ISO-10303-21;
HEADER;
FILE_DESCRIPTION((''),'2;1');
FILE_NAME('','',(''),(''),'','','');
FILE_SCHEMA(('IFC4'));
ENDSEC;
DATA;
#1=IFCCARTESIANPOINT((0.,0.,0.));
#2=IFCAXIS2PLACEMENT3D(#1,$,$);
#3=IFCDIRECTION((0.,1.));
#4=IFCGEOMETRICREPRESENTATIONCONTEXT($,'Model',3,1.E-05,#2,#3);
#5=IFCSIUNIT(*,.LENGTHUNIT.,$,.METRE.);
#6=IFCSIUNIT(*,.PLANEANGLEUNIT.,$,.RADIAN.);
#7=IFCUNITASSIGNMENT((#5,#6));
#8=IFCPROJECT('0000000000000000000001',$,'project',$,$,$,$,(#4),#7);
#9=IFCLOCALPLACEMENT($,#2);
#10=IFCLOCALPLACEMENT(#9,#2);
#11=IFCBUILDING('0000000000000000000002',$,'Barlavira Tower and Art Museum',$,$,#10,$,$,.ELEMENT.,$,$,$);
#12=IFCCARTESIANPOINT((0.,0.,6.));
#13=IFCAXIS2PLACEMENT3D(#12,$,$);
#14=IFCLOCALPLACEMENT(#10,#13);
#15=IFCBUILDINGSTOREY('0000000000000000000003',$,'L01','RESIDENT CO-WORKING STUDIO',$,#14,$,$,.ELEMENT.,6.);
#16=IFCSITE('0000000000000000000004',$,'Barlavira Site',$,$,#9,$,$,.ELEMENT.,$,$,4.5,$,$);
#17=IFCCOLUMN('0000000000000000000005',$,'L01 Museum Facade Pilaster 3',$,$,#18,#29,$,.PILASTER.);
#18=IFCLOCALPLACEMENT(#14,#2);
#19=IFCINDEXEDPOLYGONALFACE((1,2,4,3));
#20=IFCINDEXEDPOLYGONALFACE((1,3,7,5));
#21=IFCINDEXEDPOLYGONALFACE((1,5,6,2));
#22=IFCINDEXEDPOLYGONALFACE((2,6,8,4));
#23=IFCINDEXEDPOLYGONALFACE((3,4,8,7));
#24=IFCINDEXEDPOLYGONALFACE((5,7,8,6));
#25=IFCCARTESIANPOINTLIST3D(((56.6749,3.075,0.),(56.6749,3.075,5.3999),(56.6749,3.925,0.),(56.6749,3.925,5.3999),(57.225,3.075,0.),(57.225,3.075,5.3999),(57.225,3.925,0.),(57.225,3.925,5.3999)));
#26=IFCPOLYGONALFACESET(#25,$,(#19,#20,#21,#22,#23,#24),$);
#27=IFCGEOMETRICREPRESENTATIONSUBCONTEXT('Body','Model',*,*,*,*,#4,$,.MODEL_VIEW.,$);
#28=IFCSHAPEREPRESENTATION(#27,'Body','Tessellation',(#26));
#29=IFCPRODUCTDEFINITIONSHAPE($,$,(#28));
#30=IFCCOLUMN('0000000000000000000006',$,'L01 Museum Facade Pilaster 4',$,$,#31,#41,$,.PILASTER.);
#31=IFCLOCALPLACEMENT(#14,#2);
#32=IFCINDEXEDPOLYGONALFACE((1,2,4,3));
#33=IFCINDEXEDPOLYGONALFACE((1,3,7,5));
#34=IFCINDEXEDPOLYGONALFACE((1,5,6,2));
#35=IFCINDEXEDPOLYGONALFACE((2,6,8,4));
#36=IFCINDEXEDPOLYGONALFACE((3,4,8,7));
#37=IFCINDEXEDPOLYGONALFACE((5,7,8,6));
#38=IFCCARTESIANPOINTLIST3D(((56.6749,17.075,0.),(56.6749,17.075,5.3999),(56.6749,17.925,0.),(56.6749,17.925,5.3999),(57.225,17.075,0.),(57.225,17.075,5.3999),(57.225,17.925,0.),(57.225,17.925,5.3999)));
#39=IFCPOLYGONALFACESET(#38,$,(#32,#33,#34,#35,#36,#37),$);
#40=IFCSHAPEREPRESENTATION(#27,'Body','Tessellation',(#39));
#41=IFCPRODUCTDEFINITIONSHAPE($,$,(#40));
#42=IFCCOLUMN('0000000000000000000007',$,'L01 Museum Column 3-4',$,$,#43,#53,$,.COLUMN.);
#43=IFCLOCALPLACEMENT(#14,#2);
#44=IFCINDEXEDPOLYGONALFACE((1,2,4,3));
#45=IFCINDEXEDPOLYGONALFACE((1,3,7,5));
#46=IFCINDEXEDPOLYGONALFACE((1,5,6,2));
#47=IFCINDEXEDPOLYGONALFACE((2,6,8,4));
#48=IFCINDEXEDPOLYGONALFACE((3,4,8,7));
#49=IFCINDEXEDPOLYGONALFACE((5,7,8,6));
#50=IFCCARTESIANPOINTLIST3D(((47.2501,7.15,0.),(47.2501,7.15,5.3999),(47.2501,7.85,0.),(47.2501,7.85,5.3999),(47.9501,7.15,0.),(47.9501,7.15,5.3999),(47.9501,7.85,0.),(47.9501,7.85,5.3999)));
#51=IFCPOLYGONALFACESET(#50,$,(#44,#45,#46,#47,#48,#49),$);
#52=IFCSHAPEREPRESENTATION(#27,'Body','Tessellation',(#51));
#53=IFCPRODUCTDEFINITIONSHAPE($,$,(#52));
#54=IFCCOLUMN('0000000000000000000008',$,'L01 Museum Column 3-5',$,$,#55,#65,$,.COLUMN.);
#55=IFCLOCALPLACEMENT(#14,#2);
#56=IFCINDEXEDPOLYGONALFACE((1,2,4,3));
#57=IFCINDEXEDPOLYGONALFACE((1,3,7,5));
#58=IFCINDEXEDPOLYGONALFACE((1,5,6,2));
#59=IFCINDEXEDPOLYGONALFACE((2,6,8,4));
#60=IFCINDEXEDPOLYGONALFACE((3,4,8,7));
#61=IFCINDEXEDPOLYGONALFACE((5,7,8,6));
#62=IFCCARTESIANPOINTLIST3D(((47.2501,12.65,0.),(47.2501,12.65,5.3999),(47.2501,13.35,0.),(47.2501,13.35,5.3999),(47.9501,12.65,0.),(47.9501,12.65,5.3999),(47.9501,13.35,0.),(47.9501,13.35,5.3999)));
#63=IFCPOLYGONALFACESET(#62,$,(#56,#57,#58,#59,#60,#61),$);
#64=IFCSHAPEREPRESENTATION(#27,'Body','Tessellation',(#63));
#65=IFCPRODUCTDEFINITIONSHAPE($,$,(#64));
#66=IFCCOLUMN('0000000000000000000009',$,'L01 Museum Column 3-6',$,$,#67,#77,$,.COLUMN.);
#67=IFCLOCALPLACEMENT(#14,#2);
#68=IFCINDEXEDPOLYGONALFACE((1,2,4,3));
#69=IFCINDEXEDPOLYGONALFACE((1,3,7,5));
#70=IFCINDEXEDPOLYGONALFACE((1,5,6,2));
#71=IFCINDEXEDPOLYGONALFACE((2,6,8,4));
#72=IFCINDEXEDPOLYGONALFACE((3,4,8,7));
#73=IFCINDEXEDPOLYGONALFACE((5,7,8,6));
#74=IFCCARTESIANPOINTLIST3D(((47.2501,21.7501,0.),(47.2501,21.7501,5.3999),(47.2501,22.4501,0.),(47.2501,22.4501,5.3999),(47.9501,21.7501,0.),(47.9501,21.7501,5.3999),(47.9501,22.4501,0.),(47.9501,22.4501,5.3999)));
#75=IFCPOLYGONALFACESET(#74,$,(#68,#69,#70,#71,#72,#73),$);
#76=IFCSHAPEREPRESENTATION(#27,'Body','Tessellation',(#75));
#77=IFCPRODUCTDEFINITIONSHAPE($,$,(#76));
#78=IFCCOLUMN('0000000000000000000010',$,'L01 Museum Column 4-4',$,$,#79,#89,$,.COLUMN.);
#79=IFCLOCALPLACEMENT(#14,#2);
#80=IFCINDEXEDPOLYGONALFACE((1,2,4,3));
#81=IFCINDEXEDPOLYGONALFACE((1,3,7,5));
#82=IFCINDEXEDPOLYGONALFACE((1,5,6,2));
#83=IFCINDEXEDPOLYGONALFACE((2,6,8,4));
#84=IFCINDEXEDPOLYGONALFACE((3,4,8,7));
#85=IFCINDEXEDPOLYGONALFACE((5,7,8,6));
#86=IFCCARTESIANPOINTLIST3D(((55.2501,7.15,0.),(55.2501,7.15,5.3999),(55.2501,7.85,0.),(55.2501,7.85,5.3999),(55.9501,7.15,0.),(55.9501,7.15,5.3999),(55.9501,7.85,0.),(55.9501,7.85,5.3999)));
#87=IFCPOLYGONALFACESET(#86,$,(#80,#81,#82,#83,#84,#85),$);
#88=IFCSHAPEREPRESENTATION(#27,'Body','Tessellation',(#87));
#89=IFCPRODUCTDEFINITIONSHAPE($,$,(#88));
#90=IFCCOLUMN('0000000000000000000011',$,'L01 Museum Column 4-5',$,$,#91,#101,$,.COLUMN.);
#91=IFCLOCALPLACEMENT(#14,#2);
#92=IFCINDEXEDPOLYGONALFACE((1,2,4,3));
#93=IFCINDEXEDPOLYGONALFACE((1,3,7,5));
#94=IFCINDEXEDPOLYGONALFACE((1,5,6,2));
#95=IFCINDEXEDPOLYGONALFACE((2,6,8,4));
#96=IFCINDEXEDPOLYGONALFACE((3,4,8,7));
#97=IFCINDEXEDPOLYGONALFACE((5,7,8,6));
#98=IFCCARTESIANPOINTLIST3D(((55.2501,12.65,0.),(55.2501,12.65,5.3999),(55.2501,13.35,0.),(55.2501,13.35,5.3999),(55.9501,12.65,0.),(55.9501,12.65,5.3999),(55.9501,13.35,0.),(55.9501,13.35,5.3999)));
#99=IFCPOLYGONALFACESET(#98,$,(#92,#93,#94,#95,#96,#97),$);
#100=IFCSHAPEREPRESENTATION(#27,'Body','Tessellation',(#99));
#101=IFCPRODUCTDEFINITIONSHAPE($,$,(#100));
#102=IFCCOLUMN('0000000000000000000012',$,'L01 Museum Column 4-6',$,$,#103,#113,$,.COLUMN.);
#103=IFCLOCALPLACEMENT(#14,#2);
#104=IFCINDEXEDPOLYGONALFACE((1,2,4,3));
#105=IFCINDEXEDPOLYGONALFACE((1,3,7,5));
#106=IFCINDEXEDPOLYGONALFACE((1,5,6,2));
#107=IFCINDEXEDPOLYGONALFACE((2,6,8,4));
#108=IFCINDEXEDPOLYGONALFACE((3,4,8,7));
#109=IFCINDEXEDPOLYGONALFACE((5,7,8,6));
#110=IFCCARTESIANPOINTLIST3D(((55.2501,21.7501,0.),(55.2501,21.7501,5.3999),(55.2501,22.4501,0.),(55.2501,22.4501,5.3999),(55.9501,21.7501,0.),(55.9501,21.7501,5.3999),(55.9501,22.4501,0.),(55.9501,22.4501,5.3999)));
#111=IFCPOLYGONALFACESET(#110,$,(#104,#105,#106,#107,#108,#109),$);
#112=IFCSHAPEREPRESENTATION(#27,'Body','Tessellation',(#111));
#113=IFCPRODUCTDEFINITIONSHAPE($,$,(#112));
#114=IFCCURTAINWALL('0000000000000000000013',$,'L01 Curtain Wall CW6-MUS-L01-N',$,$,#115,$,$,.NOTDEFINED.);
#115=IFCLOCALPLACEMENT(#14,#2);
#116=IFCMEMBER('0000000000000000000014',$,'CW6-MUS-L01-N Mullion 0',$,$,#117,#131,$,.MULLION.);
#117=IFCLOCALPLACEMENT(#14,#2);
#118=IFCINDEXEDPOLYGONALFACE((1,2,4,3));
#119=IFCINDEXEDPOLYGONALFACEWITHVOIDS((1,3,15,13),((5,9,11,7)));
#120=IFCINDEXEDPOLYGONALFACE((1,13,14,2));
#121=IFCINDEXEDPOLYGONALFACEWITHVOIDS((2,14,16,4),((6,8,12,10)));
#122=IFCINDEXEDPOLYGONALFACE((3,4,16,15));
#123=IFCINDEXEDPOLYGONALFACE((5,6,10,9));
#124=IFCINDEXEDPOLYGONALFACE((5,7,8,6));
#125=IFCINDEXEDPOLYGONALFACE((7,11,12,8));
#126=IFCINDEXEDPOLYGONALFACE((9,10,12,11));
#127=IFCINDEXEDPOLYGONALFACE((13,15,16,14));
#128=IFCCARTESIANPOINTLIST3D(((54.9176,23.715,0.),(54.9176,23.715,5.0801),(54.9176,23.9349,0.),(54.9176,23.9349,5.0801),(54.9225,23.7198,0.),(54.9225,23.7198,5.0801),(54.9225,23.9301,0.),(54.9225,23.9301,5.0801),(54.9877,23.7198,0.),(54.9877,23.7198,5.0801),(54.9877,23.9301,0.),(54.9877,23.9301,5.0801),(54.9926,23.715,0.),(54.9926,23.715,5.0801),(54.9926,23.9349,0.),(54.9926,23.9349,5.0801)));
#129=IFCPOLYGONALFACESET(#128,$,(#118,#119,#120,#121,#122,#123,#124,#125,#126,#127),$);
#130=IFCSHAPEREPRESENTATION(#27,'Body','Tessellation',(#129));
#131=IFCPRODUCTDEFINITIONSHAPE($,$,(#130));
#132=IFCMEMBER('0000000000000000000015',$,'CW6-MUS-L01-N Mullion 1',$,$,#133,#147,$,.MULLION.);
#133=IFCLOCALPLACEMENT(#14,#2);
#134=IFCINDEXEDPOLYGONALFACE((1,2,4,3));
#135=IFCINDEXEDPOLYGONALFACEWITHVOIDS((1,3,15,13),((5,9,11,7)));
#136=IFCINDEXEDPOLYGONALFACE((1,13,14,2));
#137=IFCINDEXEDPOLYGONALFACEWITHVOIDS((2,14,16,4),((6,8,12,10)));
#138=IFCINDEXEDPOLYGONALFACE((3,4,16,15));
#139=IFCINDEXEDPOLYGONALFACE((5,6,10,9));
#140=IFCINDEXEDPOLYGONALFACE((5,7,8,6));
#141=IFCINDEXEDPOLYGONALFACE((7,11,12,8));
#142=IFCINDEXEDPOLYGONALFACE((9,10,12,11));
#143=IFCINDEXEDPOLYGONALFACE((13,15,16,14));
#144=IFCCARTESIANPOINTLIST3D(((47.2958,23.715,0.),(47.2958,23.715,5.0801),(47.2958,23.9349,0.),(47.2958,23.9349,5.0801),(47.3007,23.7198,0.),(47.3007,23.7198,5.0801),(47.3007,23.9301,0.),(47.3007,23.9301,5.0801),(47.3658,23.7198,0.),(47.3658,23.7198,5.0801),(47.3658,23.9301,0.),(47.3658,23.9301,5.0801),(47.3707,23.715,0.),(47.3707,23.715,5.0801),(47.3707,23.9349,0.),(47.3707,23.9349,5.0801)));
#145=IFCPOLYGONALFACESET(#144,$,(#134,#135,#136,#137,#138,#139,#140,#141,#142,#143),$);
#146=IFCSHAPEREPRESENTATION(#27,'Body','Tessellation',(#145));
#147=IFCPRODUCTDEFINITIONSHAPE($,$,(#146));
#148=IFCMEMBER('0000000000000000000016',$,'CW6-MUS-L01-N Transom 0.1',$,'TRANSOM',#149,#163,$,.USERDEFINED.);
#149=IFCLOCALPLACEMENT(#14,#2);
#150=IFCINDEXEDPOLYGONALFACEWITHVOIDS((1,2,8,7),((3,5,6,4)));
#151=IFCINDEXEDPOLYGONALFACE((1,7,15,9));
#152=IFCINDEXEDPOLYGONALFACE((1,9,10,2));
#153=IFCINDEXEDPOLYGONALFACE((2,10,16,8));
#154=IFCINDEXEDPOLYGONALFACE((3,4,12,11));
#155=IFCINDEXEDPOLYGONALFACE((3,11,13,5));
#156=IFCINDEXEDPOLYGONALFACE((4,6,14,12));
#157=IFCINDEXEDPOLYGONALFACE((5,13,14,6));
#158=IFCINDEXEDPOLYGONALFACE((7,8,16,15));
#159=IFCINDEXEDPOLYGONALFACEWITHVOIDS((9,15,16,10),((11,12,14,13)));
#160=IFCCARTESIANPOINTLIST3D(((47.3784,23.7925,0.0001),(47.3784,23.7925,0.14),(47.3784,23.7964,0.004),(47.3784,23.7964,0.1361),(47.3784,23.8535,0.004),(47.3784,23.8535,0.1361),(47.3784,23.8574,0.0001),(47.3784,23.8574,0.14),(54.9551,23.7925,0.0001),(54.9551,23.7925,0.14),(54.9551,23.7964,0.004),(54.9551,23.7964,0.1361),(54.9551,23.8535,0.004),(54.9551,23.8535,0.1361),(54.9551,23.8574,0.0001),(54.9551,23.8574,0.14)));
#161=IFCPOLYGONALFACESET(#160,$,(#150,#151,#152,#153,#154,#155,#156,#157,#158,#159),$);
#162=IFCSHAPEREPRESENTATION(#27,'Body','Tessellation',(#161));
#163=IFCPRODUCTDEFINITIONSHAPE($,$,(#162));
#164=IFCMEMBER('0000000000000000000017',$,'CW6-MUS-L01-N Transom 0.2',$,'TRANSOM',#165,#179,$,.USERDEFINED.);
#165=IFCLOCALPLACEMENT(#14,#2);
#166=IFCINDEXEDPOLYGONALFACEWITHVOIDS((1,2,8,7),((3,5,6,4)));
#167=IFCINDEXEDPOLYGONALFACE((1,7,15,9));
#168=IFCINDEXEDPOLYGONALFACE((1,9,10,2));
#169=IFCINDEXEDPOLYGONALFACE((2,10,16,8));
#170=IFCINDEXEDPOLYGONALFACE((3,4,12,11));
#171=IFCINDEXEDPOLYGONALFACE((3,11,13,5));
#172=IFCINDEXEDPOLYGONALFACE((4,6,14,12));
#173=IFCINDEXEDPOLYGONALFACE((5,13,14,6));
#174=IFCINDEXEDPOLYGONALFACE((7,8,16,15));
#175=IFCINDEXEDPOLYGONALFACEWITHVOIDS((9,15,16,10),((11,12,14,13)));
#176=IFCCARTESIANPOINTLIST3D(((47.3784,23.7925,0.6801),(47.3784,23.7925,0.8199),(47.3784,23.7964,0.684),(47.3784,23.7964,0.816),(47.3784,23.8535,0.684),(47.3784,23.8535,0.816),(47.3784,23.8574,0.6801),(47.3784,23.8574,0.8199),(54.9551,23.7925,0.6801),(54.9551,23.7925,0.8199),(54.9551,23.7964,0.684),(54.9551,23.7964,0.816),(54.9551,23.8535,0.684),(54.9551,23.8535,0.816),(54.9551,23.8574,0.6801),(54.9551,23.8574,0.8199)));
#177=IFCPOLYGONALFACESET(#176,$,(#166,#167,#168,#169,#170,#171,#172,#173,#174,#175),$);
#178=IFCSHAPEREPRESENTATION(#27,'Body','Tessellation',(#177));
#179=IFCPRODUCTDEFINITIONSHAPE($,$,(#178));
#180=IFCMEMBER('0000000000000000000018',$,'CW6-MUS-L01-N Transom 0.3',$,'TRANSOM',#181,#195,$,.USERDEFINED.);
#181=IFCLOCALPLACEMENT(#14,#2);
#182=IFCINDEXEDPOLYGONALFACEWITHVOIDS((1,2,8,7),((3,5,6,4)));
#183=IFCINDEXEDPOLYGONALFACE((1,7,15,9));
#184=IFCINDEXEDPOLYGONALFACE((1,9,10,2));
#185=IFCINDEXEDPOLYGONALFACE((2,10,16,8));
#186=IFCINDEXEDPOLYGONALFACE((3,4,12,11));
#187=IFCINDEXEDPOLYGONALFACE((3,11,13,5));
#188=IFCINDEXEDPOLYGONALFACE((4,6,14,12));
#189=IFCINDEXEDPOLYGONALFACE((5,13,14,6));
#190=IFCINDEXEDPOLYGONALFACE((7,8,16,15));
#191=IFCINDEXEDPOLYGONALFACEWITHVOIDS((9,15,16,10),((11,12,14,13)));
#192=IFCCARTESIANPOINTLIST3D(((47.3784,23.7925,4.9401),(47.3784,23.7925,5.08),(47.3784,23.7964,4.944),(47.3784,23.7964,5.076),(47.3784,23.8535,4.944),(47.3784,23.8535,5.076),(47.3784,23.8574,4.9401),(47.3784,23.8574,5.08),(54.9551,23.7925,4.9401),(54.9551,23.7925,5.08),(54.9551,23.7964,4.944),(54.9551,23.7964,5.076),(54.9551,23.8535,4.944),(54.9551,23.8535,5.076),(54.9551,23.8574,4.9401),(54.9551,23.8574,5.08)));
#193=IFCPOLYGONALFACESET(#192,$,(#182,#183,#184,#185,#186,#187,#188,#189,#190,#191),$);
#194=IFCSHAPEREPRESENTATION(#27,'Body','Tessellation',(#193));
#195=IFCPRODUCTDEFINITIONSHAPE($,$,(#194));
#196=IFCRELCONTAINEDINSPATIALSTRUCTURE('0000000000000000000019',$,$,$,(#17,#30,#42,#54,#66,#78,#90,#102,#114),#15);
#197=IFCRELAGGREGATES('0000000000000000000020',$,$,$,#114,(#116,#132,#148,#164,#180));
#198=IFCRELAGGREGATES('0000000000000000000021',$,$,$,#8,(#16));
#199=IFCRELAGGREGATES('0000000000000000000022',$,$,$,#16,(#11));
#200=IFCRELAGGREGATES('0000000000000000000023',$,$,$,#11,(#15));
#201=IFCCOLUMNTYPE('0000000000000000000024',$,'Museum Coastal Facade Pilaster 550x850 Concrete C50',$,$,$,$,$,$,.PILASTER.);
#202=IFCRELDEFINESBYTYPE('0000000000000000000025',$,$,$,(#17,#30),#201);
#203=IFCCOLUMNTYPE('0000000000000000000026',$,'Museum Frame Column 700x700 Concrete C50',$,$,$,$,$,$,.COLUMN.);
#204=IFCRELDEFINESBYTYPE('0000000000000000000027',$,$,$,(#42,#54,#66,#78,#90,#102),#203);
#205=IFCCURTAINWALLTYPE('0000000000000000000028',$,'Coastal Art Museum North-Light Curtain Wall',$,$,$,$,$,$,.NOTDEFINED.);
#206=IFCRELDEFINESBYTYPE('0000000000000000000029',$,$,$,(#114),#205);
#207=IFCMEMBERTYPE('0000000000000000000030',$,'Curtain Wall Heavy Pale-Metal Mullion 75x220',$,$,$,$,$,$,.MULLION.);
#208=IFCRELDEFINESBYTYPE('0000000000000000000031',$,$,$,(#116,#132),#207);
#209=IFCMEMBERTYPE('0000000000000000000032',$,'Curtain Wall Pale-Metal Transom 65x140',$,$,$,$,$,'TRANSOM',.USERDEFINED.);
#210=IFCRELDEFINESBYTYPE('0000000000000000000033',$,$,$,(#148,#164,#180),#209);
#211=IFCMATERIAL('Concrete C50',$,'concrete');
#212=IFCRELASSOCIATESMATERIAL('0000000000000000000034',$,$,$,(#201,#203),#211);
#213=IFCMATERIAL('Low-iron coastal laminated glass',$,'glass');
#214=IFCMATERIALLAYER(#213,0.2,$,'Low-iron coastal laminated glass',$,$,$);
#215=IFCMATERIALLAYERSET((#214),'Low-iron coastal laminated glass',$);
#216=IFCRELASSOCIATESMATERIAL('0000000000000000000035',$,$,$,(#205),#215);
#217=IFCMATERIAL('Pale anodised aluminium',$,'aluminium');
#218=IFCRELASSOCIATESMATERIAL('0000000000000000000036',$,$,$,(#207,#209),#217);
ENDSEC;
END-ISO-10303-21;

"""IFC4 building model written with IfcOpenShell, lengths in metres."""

from ifc_helpers import new_model, si_unit, direction, frame, origin, origin_2d, place, context, subcontext, project, spatial, rectangle, hollow_rectangle, extrude, material, layer, layer_set, material_profile, profile_set, type_object, element, aggregate, save


model = new_model("IFC4")

# Units and contexts
model_context = context("Model", 3, precision=1e-05, world=origin(), true_north=direction((0.0, 1.0)))
body_context = subcontext(model_context, "Body", "Model", "MODEL_VIEW")
ifc_project = project(units=[si_unit("LENGTHUNIT", "METRE"), si_unit("PLANEANGLEUNIT", "RADIAN")], contexts=[model_context])

# Site, building, storey
site_placement = place(None, origin())
site = spatial("IfcSite", under=ifc_project, at=site_placement, Name="Barlavira Site", CompositionType="ELEMENT", RefElevation=4.5)
building_placement = place(site_placement, origin())
building = spatial("IfcBuilding", under=site, at=building_placement, Name="Barlavira Tower and Art Museum", CompositionType="ELEMENT")
storey_placement = place(building_placement, frame((0.0, 0.0, 6.0)))
storey = spatial("IfcBuildingStorey", under=building, at=storey_placement, Name="L01", Description="RESIDENT CO-WORKING STUDIO", CompositionType="ELEMENT", Elevation=6.0)

# Columns
ifc_material_1 = material(Name="Concrete C50", Category="concrete")
ifc_material_profile_1 = material_profile(ifc_material_1, rectangle(XDim=0.55, YDim=0.8501, at=origin_2d()), Name="RC-PIL 550x850")
ifc_profile_set_1 = profile_set([ifc_material_profile_1], Name="Concrete C50")
column_type_1 = type_object("IfcColumnType", Name="Museum Coastal Facade Pilaster 550x850 Concrete C50", PredefinedType="PILASTER", material=ifc_profile_set_1)
for number, where, z_axis, x_axis, name in (
    (1, (56.95, 3.5, 0.0), (0.0, 0.0, 1.0), (1.0, 0.0, 0.0), "L01 Museum Facade Pilaster 3"),
    (2, (56.95, 17.5, 0.0), (0.0, 0.0, 1.0), (1.0, 0.0, 0.0), "L01 Museum Facade Pilaster 4"),
):
    element("IfcColumn", number, at=place(storey_placement, frame(where, z_axis=z_axis, x_axis=x_axis)), inside=storey, type_object=column_type_1, Name=name, PredefinedType="PILASTER", context=body_context, shape_type="SweptSolid", body=[
        extrude(rectangle(XDim=0.55, YDim=0.8501, at=origin_2d()), origin(), (0.0, 0.0, 1.0), 5.3999),
    ])
ifc_material_profile_2 = material_profile(ifc_material_1, rectangle(XDim=0.7, YDim=0.7, at=origin_2d()), Name="RC-COL 700x700")
ifc_profile_set_2 = profile_set([ifc_material_profile_2], Name="Concrete C50")
column_type_2 = type_object("IfcColumnType", Name="Museum Frame Column 700x700 Concrete C50", PredefinedType="COLUMN", material=ifc_profile_set_2)
for number, where, z_axis, x_axis, name in (
    (3, (47.6001, 7.5, 0.0), (0.0, 0.0, 1.0), (1.0, 0.0, 0.0), "L01 Museum Column 3-4"),
    (4, (47.6001, 13.0, 0.0), (0.0, 0.0, 1.0), (1.0, 0.0, 0.0), "L01 Museum Column 3-5"),
    (5, (47.6001, 22.1001, 0.0), (0.0, 0.0, 1.0), (1.0, 0.0, 0.0), "L01 Museum Column 3-6"),
    (6, (55.6001, 7.5, 0.0), (0.0, 0.0, 1.0), (1.0, 0.0, 0.0), "L01 Museum Column 4-4"),
    (7, (55.6001, 13.0, 0.0), (0.0, 0.0, 1.0), (1.0, 0.0, 0.0), "L01 Museum Column 4-5"),
    (8, (55.6001, 22.1001, 0.0), (0.0, 0.0, 1.0), (1.0, 0.0, 0.0), "L01 Museum Column 4-6"),
):
    element("IfcColumn", number, at=place(storey_placement, frame(where, z_axis=z_axis, x_axis=x_axis)), inside=storey, type_object=column_type_2, Name=name, PredefinedType="COLUMN", context=body_context, shape_type="SweptSolid", body=[
        extrude(rectangle(XDim=0.7, YDim=0.7, at=origin_2d()), origin(), (0.0, 0.0, 1.0), 5.3999),
    ])

# Curtain wall, members
ifc_material_2 = material(Name="Low-iron coastal laminated glass", Category="glass")
ifc_layer_1 = layer(ifc_material_2, 0.2, Name="Low-iron coastal laminated glass")
ifc_layer_set_1 = layer_set([ifc_layer_1], Name="Low-iron coastal laminated glass")
curtain_wall_type = type_object("IfcCurtainWallType", Name="Coastal Art Museum North-Light Curtain Wall", PredefinedType="NOTDEFINED", material=ifc_layer_set_1)
curtain_wall_placement = place(storey_placement, origin())
curtain_wall = element("IfcCurtainWall", 9, at=curtain_wall_placement, inside=storey, type_object=curtain_wall_type, Name="L01 Curtain Wall CW6-MUS-L01-N", PredefinedType="NOTDEFINED")
ifc_material_3 = material(Name="Pale anodised aluminium", Category="aluminium")
ifc_material_profile_3 = material_profile(ifc_material_3, hollow_rectangle(XDim=0.075, YDim=0.22, WallThickness=0.0049, at=origin_2d()), Name="ALU-MULL 75x220x5")
ifc_profile_set_3 = profile_set([ifc_material_profile_3], Name="Pale anodised aluminium")
member_type_1 = type_object("IfcMemberType", Name="Curtain Wall Heavy Pale-Metal Mullion 75x220", PredefinedType="MULLION", material=ifc_profile_set_3)
member_1_placement = place(storey_placement, frame((54.9551, 23.825, 0.0), z_axis=(0.0, 0.0, 1.0), x_axis=(-1.0, 0.0, 0.0)))
member_1 = element("IfcMember", 10, at=member_1_placement, type_object=member_type_1, Name="CW6-MUS-L01-N Mullion 0", PredefinedType="MULLION", context=body_context, shape_type="SweptSolid", body=[
    extrude(hollow_rectangle(XDim=0.075, YDim=0.22, WallThickness=0.0049, at=origin_2d()), origin(), (0.0, 0.0, 1.0), 5.0801),
])
member_2_placement = place(storey_placement, frame((47.3333, 23.825, 0.0), z_axis=(0.0, 0.0, 1.0), x_axis=(-1.0, 0.0, 0.0)))
member_2 = element("IfcMember", 11, at=member_2_placement, type_object=member_type_1, Name="CW6-MUS-L01-N Mullion 1", PredefinedType="MULLION", context=body_context, shape_type="SweptSolid", body=[
    extrude(hollow_rectangle(XDim=0.075, YDim=0.22, WallThickness=0.0049, at=origin_2d()), origin(), (0.0, 0.0, 1.0), 5.0801),
])
ifc_material_profile_4 = material_profile(ifc_material_3, hollow_rectangle(XDim=0.0649, YDim=0.1399, WallThickness=0.0039, at=origin_2d()), Name="ALU-TRAN 65x140x4")
ifc_profile_set_4 = profile_set([ifc_material_profile_4], Name="Pale anodised aluminium")
member_type_2 = type_object("IfcMemberType", Name="Curtain Wall Pale-Metal Transom 65x140", ElementType="TRANSOM", PredefinedType="USERDEFINED", material=ifc_profile_set_4)
member_3_placement = place(storey_placement, frame((54.9551, 23.825, 0.0701), z_axis=(-1.0, 0.0, 0.0), x_axis=(0.0, -1.0, 0.0)))
member_3 = element("IfcMember", 12, at=member_3_placement, type_object=member_type_2, Name="CW6-MUS-L01-N Transom 0.1", ObjectType="TRANSOM", PredefinedType="USERDEFINED", context=body_context, shape_type="SweptSolid", body=[
    extrude(hollow_rectangle(XDim=0.0649, YDim=0.1399, WallThickness=0.0039, at=origin_2d()), origin(), (0.0, 0.0, 1.0), 7.5767),
])
member_4_placement = place(storey_placement, frame((54.9551, 23.825, 0.75), z_axis=(-1.0, 0.0, 0.0), x_axis=(0.0, -1.0, 0.0)))
member_4 = element("IfcMember", 13, at=member_4_placement, type_object=member_type_2, Name="CW6-MUS-L01-N Transom 0.2", ObjectType="TRANSOM", PredefinedType="USERDEFINED", context=body_context, shape_type="SweptSolid", body=[
    extrude(hollow_rectangle(XDim=0.0649, YDim=0.1399, WallThickness=0.0039, at=origin_2d()), origin(), (0.0, 0.0, 1.0), 7.5767),
])
member_5_placement = place(storey_placement, frame((54.9551, 23.825, 5.01), z_axis=(-1.0, 0.0, 0.0), x_axis=(0.0, -1.0, 0.0)))
member_5 = element("IfcMember", 14, at=member_5_placement, type_object=member_type_2, Name="CW6-MUS-L01-N Transom 0.3", ObjectType="TRANSOM", PredefinedType="USERDEFINED", context=body_context, shape_type="SweptSolid", body=[
    extrude(hollow_rectangle(XDim=0.0649, YDim=0.1399, WallThickness=0.0039, at=origin_2d()), origin(), (0.0, 0.0, 1.0), 7.5767),
])

aggregate(curtain_wall, [member_1, member_2, member_3, member_4, member_5])

save(model, "model.ifc")
